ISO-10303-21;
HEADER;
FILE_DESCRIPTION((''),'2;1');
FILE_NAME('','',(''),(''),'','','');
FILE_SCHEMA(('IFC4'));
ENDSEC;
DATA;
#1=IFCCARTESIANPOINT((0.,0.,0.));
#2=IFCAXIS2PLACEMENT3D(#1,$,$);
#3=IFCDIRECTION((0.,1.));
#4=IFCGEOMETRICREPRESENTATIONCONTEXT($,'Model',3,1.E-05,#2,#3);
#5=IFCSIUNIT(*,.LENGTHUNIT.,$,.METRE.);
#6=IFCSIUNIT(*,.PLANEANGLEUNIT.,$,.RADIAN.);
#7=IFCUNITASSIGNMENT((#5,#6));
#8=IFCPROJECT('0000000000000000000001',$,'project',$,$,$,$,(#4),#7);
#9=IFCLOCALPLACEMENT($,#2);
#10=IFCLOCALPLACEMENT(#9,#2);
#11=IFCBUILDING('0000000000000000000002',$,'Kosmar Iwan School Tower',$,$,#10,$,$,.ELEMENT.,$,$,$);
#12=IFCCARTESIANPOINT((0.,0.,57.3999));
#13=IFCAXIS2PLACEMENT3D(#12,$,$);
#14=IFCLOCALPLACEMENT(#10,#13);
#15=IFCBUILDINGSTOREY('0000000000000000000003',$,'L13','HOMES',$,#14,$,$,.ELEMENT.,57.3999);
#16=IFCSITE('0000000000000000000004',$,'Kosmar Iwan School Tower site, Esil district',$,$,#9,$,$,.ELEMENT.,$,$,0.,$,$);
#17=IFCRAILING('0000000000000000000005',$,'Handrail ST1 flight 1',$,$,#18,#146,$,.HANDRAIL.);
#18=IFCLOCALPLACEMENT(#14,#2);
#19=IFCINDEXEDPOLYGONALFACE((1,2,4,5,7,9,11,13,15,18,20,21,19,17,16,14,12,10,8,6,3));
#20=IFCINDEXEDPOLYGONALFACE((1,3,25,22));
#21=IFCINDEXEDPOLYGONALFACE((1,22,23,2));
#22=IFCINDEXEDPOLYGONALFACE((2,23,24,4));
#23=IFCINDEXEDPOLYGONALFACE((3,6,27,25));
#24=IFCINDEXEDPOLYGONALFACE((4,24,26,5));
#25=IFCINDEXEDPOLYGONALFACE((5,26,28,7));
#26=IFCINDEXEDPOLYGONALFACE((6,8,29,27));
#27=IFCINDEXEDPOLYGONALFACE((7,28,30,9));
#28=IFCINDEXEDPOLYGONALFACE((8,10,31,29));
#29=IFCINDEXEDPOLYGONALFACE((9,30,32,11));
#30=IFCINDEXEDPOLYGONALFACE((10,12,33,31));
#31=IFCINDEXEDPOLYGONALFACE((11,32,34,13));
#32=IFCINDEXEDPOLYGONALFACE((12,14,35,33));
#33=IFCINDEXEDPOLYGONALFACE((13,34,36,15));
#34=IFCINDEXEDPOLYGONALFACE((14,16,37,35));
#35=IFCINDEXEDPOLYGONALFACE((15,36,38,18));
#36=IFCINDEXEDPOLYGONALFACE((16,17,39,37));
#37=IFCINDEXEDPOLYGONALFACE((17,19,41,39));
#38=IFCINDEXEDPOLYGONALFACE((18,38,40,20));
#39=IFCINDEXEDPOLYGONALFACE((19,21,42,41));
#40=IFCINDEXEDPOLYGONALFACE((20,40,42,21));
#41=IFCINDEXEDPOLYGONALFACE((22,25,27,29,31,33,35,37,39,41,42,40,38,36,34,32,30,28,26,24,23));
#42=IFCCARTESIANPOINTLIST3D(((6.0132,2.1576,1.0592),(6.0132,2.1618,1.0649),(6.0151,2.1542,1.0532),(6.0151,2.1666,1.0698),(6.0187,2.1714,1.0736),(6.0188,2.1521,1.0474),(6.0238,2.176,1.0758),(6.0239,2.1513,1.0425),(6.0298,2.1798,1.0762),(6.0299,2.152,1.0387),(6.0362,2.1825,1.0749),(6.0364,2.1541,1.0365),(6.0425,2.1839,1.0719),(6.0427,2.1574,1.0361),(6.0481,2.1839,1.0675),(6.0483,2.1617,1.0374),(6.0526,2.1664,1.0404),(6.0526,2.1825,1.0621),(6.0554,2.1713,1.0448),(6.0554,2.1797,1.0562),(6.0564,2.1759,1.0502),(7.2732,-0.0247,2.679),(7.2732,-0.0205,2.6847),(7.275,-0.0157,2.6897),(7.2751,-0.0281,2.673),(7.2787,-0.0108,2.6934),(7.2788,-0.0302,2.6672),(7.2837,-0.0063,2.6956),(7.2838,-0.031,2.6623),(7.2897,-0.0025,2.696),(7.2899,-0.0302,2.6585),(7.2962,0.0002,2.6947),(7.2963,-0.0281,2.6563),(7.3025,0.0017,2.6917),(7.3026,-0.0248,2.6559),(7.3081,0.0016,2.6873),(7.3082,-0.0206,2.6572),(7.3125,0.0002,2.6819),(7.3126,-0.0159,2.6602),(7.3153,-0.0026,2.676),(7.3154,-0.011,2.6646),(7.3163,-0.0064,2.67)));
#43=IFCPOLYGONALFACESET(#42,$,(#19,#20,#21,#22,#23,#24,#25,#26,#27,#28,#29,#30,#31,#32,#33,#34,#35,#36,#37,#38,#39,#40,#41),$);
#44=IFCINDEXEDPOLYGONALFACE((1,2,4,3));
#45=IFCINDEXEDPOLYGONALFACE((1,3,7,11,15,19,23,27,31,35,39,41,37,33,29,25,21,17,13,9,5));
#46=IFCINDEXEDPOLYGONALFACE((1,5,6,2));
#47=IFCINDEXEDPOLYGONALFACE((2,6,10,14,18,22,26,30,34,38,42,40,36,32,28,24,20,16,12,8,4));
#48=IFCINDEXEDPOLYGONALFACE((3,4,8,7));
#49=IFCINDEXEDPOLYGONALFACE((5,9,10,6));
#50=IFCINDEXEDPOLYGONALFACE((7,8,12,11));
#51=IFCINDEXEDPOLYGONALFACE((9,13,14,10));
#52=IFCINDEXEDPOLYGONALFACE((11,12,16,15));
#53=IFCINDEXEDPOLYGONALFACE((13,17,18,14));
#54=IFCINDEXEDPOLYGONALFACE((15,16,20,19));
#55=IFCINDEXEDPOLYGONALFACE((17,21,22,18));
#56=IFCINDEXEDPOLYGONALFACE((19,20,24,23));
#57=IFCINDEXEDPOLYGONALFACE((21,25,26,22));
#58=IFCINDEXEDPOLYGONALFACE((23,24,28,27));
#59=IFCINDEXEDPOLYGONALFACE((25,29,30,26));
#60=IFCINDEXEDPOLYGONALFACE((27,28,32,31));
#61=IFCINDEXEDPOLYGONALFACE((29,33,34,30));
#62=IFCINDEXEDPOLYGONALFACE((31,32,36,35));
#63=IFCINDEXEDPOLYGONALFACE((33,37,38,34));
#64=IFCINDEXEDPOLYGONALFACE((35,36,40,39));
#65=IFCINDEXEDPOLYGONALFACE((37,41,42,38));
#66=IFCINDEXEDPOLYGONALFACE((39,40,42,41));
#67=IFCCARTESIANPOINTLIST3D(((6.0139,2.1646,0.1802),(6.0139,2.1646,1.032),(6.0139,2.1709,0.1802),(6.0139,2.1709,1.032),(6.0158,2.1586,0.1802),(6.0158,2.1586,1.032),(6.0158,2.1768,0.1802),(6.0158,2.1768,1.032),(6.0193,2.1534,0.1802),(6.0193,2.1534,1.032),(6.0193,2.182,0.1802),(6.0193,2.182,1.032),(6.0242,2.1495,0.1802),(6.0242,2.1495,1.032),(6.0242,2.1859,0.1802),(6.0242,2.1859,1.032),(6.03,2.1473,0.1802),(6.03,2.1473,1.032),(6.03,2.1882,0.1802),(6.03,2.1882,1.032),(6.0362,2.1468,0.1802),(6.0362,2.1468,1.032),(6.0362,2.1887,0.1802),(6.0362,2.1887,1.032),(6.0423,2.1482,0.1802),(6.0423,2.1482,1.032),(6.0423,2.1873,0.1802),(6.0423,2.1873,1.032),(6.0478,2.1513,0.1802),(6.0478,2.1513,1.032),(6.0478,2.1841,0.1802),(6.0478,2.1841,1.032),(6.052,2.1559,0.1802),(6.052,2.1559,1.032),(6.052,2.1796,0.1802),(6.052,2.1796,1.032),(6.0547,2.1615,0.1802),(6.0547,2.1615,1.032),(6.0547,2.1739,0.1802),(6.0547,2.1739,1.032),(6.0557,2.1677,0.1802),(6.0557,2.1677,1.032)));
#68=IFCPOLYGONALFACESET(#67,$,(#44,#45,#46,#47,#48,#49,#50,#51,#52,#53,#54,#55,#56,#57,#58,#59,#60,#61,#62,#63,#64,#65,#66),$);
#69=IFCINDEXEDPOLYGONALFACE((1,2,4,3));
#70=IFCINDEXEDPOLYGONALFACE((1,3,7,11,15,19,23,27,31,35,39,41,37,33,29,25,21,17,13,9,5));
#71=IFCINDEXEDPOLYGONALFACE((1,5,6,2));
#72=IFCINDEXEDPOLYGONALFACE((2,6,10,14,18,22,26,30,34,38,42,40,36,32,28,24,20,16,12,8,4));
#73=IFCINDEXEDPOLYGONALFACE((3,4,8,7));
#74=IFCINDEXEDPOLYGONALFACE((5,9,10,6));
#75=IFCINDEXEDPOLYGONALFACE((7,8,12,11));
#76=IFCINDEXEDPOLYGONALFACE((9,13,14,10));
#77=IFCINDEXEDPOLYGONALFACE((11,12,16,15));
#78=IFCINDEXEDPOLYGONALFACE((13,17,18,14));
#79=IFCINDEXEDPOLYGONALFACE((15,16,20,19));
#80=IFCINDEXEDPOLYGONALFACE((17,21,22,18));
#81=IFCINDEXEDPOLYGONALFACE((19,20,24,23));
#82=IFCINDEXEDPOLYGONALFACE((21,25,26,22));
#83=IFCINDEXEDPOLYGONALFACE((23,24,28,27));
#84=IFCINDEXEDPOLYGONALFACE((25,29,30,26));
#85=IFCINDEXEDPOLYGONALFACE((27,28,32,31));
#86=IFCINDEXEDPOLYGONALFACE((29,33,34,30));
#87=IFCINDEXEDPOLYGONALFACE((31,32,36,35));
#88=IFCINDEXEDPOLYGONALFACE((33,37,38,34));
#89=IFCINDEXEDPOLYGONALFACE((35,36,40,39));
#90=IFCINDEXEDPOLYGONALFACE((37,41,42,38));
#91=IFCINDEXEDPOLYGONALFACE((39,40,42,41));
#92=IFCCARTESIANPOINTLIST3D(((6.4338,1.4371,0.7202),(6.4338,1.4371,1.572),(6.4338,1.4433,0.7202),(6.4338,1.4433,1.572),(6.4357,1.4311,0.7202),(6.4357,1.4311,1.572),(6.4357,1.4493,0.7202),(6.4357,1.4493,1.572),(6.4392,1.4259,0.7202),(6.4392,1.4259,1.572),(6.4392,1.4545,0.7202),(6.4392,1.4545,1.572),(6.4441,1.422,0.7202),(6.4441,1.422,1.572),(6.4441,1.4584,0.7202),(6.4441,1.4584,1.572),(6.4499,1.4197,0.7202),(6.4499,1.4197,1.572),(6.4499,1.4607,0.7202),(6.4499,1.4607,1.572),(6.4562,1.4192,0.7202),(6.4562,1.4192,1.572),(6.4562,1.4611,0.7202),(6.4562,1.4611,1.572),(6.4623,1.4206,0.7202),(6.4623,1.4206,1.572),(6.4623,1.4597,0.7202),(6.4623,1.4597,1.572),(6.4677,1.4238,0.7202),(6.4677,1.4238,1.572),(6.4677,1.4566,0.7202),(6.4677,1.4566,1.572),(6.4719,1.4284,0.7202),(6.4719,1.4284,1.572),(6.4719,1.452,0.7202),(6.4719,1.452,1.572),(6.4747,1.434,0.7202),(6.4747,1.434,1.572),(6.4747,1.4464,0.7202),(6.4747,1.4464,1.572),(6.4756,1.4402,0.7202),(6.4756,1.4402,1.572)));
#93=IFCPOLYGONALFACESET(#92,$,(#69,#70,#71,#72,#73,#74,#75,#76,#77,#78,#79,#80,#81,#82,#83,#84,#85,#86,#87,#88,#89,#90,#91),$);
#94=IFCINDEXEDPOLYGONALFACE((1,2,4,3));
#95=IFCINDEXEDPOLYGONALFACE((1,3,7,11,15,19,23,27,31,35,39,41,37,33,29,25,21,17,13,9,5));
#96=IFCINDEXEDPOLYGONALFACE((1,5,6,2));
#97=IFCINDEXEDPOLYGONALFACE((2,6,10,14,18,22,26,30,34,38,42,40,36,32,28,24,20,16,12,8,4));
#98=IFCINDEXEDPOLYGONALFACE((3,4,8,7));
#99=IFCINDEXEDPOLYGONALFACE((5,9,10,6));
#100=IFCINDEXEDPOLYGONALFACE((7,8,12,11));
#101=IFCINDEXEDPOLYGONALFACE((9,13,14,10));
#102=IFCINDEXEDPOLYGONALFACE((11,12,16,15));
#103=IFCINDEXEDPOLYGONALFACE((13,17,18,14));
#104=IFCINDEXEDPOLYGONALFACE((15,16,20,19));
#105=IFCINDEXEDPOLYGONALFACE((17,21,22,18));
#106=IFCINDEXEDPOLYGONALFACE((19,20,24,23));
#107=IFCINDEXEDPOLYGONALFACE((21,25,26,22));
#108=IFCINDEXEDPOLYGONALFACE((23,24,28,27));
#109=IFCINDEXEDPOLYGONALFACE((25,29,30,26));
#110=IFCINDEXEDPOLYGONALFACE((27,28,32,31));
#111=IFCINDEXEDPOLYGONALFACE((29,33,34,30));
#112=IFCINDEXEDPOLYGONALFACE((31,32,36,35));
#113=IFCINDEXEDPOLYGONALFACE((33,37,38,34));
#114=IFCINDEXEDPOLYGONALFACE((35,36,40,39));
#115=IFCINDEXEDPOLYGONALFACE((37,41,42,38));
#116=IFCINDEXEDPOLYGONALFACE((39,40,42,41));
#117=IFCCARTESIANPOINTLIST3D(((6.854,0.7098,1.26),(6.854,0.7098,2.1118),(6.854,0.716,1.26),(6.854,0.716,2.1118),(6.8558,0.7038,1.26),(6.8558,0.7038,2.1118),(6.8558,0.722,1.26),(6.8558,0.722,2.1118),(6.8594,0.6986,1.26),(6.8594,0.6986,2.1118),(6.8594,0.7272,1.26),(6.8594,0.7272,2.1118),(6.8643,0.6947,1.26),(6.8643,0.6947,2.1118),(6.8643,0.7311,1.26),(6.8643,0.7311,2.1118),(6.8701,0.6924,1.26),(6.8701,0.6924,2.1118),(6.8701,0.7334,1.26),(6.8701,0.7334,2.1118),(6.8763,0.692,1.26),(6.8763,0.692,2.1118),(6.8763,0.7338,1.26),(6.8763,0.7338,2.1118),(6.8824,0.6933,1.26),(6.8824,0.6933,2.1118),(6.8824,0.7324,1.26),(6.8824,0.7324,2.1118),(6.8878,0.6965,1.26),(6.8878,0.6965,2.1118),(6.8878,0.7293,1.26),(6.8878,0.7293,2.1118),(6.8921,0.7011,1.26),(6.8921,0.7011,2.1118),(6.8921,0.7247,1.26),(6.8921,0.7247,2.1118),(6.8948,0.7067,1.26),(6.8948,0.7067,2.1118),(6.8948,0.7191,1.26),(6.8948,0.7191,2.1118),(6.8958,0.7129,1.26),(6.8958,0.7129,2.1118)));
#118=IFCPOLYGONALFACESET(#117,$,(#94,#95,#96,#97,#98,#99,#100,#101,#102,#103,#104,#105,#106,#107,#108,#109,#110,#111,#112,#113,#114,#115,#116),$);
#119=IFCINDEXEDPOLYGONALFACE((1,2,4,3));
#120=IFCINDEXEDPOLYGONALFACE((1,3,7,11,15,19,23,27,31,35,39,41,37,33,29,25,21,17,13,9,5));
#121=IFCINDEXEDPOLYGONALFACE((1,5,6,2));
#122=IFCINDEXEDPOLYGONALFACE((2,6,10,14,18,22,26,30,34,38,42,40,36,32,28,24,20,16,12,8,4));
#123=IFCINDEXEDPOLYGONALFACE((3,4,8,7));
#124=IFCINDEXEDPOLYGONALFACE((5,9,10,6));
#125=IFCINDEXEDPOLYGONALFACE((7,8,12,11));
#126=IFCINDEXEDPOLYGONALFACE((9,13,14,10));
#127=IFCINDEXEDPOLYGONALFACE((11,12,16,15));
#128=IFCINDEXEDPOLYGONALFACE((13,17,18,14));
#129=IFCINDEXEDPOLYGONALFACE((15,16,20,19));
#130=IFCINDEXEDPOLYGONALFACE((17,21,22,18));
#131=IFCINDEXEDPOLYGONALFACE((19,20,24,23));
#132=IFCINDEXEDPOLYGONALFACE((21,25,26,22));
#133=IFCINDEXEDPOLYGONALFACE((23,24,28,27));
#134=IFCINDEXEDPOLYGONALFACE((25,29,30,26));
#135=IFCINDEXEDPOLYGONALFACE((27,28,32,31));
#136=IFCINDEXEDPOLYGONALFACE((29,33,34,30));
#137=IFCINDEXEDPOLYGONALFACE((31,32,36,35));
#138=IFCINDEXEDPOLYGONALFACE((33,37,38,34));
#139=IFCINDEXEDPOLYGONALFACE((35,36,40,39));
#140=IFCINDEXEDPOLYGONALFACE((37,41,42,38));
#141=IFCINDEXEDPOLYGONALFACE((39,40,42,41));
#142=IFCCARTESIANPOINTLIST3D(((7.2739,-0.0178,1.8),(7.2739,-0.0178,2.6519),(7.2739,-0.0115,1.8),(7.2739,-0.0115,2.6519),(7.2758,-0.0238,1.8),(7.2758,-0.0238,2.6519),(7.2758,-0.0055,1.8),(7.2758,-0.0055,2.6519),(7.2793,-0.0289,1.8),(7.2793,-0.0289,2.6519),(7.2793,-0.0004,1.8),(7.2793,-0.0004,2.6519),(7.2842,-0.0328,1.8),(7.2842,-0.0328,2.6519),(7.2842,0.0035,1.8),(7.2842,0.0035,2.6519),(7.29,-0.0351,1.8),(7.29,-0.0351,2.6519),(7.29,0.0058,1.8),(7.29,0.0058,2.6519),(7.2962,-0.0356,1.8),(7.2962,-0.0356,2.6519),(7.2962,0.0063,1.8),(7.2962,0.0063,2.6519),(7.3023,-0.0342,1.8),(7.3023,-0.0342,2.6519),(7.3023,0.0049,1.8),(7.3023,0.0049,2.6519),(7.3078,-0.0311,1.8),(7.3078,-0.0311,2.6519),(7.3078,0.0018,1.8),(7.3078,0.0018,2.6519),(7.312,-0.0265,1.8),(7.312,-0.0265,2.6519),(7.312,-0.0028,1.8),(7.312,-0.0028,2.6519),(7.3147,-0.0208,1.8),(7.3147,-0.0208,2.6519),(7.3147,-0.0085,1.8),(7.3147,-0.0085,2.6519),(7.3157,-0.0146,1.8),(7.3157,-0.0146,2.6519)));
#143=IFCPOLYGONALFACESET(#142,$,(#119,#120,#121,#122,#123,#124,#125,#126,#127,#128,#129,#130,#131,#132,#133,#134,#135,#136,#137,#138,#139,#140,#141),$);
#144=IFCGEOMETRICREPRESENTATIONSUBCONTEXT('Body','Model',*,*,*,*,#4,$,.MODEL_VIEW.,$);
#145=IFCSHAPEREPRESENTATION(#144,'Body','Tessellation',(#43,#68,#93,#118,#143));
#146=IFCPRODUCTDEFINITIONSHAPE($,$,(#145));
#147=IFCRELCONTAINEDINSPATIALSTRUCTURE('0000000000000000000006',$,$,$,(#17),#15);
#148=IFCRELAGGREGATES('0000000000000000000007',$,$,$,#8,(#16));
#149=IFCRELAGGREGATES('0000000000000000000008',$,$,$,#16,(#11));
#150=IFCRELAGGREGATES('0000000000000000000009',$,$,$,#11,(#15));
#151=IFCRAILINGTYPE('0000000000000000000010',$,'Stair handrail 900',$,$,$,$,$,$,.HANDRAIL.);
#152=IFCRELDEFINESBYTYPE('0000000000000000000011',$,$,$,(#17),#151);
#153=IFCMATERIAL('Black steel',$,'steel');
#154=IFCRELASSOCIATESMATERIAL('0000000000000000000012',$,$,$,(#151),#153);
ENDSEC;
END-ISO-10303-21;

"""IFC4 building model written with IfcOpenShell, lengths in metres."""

from ifc_helpers import new_model, si_unit, direction, frame, origin, origin_2d, place, context, subcontext, project, spatial, circle, extrude, material, type_object, element, save


model = new_model("IFC4")

# Units and contexts
model_context = context("Model", 3, precision=1e-05, world=origin(), true_north=direction((0.0, 1.0)))
body_context = subcontext(model_context, "Body", "Model", "MODEL_VIEW")
ifc_project = project(units=[si_unit("LENGTHUNIT", "METRE"), si_unit("PLANEANGLEUNIT", "RADIAN")], contexts=[model_context])

# Site, building, storey
site_placement = place(None, origin())
site = spatial("IfcSite", under=ifc_project, at=site_placement, Name="Kosmar Iwan School Tower site, Esil district", CompositionType="ELEMENT", RefElevation=0.0)
building_placement = place(site_placement, origin())
building = spatial("IfcBuilding", under=site, at=building_placement, Name="Kosmar Iwan School Tower", CompositionType="ELEMENT")
storey_placement = place(building_placement, frame((0.0, 0.0, 57.3999)))
storey = spatial("IfcBuildingStorey", under=building, at=storey_placement, Name="L13", Description="HOMES", CompositionType="ELEMENT", Elevation=57.3999)

# Railing
ifc_material_1 = material(Name="Black steel", Category="steel")
railing_type = type_object("IfcRailingType", Name="Stair handrail 900", PredefinedType="HANDRAIL", material=ifc_material_1)
railing_placement = place(storey_placement, frame((6.0347, 2.1677, 0.1802)))
element("IfcRailing", 1, at=railing_placement, inside=storey, type_object=railing_type, Name="Handrail ST1 flight 1", PredefinedType="HANDRAIL", context=body_context, shape_type="SweptSolid", body=[
    extrude(circle(Radius=0.0239, at=origin_2d()), frame((0.0, 0.0, 0.876), z_axis=(0.420603, -0.728496, 0.540728), x_axis=(0.866023, 0.500005, 0.0)), (0.0, 0.0, 1.0), 2.9956),
    extrude(circle(Radius=0.021, at=origin_2d()), origin(), (0.0, 0.0, 1.0), 0.8518),
    extrude(circle(Radius=0.021, at=origin_2d()), frame((0.4199, -0.7275, 0.54)), (0.0, 0.0, 1.0), 0.8518),
    extrude(circle(Radius=0.021, at=origin_2d()), frame((0.8401, -1.4548, 1.0798)), (0.0, 0.0, 1.0), 0.8518),
    extrude(circle(Radius=0.021, at=origin_2d()), frame((1.26, -2.1824, 1.6199)), (0.0, 0.0, 1.0), 0.8518),
])

save(model, "model.ifc")
